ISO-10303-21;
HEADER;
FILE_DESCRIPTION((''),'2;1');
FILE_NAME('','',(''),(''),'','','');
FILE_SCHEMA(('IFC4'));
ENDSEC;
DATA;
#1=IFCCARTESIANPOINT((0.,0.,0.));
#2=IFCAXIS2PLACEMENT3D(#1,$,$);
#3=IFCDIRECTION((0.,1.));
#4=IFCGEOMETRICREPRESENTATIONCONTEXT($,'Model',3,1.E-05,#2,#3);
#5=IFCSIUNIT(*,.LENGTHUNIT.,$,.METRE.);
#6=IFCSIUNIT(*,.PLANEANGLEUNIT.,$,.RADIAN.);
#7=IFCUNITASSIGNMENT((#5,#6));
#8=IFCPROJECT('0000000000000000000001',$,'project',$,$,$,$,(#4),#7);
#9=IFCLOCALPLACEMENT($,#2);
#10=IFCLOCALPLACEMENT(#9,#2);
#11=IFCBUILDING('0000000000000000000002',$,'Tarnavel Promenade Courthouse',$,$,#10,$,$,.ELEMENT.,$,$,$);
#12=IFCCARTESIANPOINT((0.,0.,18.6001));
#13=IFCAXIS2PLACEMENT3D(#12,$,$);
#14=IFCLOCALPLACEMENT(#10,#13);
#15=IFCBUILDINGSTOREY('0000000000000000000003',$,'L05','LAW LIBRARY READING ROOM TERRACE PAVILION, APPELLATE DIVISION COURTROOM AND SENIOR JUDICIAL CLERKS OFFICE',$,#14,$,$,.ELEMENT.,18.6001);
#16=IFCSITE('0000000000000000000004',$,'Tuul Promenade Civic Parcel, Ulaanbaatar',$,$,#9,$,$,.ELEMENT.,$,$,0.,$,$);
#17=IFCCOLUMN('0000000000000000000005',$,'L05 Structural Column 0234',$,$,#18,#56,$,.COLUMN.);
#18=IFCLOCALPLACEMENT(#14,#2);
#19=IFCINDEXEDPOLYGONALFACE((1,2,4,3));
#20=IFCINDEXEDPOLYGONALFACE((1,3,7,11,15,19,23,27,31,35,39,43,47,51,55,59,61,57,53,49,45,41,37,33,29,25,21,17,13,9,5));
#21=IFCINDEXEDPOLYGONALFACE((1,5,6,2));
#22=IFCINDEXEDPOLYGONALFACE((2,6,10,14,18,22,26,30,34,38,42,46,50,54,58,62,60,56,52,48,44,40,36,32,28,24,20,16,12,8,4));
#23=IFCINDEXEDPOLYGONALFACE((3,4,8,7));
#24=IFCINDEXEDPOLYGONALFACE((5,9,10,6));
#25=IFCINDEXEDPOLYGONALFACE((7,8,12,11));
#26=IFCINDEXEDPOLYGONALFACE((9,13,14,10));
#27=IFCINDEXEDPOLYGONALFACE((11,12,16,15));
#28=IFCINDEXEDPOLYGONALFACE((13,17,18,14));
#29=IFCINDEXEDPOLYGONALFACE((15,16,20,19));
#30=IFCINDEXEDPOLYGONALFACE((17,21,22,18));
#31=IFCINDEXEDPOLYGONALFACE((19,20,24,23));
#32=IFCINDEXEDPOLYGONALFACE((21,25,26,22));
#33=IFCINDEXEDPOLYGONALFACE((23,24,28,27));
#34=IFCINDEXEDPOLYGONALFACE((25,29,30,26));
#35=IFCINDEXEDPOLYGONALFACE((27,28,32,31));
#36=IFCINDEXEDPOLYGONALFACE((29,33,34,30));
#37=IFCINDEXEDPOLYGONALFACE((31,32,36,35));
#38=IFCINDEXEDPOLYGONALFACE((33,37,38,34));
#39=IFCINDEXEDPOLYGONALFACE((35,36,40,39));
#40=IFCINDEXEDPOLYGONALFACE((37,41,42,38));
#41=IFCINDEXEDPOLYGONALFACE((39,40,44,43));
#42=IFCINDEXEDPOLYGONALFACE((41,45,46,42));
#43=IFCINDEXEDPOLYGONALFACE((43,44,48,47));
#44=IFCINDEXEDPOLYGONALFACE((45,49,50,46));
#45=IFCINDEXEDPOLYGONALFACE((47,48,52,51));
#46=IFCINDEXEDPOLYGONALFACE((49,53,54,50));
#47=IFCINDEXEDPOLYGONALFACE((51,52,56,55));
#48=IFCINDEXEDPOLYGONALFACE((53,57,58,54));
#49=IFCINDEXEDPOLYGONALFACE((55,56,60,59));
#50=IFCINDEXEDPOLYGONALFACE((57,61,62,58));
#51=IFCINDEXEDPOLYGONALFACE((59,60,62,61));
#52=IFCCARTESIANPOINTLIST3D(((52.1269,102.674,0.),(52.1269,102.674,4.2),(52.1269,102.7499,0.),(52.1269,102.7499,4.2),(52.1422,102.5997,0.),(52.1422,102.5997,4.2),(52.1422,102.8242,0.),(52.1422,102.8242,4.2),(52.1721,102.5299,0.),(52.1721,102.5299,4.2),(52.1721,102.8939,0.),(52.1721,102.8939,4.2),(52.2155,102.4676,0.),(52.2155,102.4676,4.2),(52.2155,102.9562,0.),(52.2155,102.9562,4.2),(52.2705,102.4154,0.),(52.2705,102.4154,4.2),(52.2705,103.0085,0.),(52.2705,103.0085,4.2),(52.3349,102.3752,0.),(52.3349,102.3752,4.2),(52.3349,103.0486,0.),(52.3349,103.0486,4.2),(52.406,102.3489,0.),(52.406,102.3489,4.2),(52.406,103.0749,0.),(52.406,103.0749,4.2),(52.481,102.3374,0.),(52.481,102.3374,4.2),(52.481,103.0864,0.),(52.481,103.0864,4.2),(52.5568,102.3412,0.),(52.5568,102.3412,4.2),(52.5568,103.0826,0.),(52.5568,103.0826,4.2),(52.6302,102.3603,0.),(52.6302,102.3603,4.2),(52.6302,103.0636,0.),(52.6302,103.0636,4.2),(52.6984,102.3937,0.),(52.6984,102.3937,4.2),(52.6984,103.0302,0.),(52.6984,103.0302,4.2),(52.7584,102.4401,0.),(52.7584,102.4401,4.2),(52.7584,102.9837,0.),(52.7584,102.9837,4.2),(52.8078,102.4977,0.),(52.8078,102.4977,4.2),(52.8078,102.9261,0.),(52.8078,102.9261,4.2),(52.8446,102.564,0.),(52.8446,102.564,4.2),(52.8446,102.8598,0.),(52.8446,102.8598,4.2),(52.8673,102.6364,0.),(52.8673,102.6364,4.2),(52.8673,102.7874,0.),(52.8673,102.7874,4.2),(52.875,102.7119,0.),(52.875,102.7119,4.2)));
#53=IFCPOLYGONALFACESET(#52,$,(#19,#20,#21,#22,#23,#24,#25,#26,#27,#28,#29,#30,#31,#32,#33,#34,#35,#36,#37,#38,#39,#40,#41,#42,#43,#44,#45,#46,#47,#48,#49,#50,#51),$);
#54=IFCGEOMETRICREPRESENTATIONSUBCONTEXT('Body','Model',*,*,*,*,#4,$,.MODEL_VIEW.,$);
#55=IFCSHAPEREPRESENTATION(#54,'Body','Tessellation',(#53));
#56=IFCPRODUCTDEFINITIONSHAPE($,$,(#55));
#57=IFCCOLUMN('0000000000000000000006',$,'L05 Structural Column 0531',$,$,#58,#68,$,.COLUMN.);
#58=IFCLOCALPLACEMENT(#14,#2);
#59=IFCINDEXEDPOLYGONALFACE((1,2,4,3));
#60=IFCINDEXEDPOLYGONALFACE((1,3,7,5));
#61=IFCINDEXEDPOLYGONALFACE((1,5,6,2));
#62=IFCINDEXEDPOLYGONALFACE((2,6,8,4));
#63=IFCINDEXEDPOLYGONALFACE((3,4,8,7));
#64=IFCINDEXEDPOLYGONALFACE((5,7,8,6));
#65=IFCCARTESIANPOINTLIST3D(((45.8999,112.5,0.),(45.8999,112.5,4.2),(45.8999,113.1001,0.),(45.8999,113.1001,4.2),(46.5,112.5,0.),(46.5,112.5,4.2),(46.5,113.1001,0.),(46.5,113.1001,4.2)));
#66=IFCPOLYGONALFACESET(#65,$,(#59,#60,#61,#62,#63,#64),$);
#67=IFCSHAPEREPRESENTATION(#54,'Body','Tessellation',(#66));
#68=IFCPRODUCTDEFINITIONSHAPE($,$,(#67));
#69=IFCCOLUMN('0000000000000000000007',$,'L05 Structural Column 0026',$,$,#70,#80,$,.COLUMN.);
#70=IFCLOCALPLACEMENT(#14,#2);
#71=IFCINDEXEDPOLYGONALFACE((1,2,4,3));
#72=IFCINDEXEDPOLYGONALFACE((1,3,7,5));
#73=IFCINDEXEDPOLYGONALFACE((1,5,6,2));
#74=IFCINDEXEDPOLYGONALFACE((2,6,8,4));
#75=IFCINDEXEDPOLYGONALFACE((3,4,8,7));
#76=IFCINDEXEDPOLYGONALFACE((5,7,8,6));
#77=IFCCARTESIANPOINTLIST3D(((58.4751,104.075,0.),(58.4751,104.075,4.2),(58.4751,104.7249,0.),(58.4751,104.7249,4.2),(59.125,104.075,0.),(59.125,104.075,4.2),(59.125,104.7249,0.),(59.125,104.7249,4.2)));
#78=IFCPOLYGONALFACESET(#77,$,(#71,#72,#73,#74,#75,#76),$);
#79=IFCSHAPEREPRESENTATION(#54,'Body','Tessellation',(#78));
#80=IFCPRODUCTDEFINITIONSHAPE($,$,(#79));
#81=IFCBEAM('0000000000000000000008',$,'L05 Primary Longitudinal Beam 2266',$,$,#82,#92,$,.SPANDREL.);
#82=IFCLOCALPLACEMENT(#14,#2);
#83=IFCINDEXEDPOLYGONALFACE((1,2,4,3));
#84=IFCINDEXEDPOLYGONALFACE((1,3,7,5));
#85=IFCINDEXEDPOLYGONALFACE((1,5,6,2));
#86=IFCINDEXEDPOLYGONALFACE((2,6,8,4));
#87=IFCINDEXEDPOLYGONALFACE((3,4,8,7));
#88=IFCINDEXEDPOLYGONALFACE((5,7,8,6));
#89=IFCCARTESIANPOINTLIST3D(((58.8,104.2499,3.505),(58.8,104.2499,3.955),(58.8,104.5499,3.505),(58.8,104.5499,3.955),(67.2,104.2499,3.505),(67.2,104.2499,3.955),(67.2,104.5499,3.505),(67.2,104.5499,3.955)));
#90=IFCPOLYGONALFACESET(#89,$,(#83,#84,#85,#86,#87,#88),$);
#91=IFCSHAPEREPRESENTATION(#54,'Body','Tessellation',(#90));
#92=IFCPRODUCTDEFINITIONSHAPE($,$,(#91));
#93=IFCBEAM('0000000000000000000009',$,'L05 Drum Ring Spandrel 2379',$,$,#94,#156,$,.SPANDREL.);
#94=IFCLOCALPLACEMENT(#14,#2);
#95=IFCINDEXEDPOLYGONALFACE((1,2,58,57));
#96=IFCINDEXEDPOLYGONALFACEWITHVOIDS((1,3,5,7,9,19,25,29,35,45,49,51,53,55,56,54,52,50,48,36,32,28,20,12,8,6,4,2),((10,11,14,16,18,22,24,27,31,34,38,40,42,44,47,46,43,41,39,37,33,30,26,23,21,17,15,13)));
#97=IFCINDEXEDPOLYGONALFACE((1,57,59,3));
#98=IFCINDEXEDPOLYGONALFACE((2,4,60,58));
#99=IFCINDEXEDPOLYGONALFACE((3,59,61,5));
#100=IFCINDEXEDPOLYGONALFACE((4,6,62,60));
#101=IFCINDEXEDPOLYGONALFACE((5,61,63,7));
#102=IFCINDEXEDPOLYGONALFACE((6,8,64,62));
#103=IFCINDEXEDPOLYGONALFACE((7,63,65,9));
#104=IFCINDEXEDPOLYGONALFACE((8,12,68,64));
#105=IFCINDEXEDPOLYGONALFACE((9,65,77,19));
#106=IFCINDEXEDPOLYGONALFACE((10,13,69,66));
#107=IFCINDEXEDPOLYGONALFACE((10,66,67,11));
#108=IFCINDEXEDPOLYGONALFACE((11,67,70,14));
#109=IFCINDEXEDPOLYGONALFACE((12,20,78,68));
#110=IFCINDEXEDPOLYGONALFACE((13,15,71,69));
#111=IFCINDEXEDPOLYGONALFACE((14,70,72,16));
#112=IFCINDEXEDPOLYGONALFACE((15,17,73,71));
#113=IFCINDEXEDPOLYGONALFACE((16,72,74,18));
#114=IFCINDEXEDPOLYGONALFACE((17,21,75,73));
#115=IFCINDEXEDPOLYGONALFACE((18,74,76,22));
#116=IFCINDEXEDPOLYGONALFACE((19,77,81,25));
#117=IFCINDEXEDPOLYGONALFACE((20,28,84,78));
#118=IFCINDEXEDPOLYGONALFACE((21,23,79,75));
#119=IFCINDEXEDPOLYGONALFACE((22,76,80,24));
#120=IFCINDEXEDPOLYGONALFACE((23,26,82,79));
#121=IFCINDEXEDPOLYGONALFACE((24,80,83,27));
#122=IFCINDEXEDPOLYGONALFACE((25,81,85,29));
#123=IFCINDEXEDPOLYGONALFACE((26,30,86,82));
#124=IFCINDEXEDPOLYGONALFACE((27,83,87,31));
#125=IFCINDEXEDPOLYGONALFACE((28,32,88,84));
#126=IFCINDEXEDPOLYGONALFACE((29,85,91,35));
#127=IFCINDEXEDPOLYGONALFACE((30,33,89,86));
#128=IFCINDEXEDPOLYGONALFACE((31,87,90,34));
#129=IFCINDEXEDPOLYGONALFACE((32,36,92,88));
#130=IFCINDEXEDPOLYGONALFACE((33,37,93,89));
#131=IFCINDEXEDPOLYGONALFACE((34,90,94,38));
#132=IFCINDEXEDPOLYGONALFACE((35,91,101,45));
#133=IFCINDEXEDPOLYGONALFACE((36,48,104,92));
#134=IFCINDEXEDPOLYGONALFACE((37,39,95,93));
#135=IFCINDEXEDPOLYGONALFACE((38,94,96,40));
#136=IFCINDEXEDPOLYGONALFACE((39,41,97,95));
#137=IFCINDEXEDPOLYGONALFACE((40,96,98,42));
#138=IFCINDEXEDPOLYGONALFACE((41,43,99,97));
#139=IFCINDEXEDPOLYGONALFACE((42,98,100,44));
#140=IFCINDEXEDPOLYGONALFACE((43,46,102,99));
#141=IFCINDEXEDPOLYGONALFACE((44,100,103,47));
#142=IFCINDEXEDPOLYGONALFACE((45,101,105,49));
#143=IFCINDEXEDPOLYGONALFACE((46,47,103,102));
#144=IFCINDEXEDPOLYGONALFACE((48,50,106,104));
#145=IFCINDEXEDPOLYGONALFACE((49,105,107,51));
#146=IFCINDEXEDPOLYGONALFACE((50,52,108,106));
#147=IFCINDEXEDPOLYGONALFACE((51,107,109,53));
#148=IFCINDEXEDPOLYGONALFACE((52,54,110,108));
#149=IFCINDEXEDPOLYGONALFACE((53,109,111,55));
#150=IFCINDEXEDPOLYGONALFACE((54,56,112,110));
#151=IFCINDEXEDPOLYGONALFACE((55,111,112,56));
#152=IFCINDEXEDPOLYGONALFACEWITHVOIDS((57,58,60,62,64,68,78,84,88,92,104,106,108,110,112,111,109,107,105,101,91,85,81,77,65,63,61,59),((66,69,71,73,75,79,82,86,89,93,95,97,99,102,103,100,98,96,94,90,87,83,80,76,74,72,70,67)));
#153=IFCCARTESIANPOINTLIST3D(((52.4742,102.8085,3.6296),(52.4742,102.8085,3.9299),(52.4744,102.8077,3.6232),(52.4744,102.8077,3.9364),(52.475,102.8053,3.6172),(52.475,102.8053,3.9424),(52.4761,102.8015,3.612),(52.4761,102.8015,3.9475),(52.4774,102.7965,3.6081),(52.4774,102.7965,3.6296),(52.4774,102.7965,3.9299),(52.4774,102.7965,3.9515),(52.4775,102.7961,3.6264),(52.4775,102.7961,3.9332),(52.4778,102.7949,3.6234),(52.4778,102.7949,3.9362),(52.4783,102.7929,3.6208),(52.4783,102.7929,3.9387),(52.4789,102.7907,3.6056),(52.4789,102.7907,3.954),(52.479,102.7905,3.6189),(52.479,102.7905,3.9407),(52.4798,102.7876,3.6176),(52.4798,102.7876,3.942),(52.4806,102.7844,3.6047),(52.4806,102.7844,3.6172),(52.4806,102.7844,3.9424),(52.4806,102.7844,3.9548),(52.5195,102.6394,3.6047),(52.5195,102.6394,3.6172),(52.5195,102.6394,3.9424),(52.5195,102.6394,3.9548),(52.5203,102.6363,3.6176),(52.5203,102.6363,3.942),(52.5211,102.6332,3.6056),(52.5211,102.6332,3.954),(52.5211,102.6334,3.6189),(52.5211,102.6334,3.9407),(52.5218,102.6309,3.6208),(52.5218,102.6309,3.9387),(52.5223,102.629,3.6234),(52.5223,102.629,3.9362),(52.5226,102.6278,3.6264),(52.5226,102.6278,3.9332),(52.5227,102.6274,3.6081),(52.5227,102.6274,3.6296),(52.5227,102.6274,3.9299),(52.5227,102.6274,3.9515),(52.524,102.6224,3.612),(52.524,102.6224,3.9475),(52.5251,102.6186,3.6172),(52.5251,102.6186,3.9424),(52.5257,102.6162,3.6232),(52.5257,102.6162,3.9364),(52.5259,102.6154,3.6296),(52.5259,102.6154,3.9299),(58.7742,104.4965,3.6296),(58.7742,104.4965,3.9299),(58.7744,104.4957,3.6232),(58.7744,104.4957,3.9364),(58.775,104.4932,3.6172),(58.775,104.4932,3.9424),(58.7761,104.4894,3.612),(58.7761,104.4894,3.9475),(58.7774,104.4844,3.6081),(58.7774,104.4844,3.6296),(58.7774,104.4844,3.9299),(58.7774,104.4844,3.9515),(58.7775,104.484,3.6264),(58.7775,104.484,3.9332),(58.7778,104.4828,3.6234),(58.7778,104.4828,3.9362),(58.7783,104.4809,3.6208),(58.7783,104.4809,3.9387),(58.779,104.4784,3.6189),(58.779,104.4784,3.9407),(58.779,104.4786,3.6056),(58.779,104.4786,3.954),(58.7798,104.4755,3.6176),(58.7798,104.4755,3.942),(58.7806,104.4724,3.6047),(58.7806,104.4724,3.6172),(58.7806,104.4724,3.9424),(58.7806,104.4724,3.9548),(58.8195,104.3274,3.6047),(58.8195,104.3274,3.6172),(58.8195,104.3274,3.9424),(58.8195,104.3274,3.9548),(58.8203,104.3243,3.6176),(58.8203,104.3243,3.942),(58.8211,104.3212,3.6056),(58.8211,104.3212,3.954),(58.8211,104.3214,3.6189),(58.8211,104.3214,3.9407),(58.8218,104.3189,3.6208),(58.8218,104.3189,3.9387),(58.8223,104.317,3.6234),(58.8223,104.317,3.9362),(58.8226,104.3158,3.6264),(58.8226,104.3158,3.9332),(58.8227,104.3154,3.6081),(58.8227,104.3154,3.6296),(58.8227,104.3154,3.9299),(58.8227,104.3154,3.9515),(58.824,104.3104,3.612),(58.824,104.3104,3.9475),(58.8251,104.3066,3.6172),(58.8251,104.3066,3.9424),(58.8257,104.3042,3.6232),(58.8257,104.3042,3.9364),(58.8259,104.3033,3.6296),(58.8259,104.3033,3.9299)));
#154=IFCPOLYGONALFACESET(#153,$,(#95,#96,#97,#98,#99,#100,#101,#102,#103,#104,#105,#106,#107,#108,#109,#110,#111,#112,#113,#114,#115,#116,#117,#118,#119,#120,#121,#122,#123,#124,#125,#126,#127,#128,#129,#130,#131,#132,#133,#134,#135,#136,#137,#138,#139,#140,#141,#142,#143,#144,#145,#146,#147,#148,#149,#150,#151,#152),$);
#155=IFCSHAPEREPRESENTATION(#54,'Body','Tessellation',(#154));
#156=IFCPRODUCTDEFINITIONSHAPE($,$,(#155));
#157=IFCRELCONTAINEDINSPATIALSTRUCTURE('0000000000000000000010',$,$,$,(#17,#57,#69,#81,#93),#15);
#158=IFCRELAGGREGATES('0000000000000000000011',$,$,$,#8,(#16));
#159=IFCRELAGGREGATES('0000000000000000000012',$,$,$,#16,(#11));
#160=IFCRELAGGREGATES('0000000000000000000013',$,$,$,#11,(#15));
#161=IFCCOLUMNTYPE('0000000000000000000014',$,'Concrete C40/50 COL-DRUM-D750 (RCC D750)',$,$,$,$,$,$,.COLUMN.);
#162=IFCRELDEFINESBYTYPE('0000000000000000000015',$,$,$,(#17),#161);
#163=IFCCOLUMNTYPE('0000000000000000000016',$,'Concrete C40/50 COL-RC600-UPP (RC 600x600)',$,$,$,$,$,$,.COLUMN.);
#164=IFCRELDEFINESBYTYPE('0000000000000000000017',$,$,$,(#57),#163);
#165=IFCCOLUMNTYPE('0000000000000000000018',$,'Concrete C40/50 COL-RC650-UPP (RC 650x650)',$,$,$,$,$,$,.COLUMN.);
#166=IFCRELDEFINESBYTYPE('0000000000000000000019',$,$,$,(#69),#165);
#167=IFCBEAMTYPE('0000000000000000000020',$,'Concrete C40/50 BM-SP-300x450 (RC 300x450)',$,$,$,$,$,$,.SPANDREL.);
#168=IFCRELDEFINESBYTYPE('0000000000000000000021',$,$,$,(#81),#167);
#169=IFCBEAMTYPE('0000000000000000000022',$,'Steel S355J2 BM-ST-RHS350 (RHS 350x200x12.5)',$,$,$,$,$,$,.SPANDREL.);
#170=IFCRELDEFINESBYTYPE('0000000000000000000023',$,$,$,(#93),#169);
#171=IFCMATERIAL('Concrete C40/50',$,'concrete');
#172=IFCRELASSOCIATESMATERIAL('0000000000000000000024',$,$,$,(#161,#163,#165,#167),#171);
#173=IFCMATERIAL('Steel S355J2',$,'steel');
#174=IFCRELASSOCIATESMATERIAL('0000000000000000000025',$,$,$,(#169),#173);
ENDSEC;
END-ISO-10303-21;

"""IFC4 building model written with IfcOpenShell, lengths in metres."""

from ifc_helpers import new_model, si_unit, direction, frame, origin, origin_2d, place, context, subcontext, project, spatial, rectangle, hollow_rectangle, circle, extrude, material, material_profile, profile_set, type_object, element, save


model = new_model("IFC4")

# Units and contexts
model_context = context("Model", 3, precision=1e-05, world=origin(), true_north=direction((0.0, 1.0)))
body_context = subcontext(model_context, "Body", "Model", "MODEL_VIEW")
ifc_project = project(units=[si_unit("LENGTHUNIT", "METRE"), si_unit("PLANEANGLEUNIT", "RADIAN")], contexts=[model_context])

# Site, building, storey
site_placement = place(None, origin())
site = spatial("IfcSite", under=ifc_project, at=site_placement, Name="Tuul Promenade Civic Parcel, Ulaanbaatar", CompositionType="ELEMENT", RefElevation=0.0)
building_placement = place(site_placement, origin())
building = spatial("IfcBuilding", under=site, at=building_placement, Name="Tarnavel Promenade Courthouse", CompositionType="ELEMENT")
storey_placement = place(building_placement, frame((0.0, 0.0, 18.6001)))
storey = spatial("IfcBuildingStorey", under=building, at=storey_placement, Name="L05", Description="LAW LIBRARY READING ROOM TERRACE PAVILION, APPELLATE DIVISION COURTROOM AND SENIOR JUDICIAL CLERKS OFFICE", CompositionType="ELEMENT", Elevation=18.6001)

# Columns
ifc_material_1 = material(Name="Concrete C40/50", Category="concrete")
ifc_material_profile_1 = material_profile(ifc_material_1, circle(Radius=0.375, at=origin_2d()), Name="RCC D750")
ifc_profile_set_1 = profile_set([ifc_material_profile_1], Name="Concrete C40/50")
column_type_1 = type_object("IfcColumnType", Name="Concrete C40/50 COL-DRUM-D750 (RCC D750)", PredefinedType="COLUMN", material=ifc_profile_set_1)
column_1_placement = place(storey_placement, frame((52.5, 102.7119, 0.0), z_axis=(0.0, 0.0, 1.0), x_axis=(1.0, 0.0, 0.0)))
element("IfcColumn", 1, at=column_1_placement, inside=storey, type_object=column_type_1, Name="L05 Structural Column 0234", PredefinedType="COLUMN", context=body_context, shape_type="SweptSolid", body=[
    extrude(circle(Radius=0.375, at=origin_2d()), origin(), (0.0, 0.0, 1.0), 4.2),
])
ifc_material_profile_2 = material_profile(ifc_material_1, rectangle(XDim=0.6001, YDim=0.6001, at=origin_2d()), Name="RC 600x600")
ifc_profile_set_2 = profile_set([ifc_material_profile_2], Name="Concrete C40/50")
column_type_2 = type_object("IfcColumnType", Name="Concrete C40/50 COL-RC600-UPP (RC 600x600)", PredefinedType="COLUMN", material=ifc_profile_set_2)
column_2_placement = place(storey_placement, frame((46.2, 112.8, 0.0), z_axis=(0.0, 0.0, 1.0), x_axis=(1.0, 0.0, 0.0)))
element("IfcColumn", 2, at=column_2_placement, inside=storey, type_object=column_type_2, Name="L05 Structural Column 0531", PredefinedType="COLUMN", context=body_context, shape_type="SweptSolid", body=[
    extrude(rectangle(XDim=0.6001, YDim=0.6001, at=origin_2d()), origin(), (0.0, 0.0, 1.0), 4.2),
])
ifc_material_profile_3 = material_profile(ifc_material_1, rectangle(XDim=0.6499, YDim=0.6499, at=origin_2d()), Name="RC 650x650")
ifc_profile_set_3 = profile_set([ifc_material_profile_3], Name="Concrete C40/50")
column_type_3 = type_object("IfcColumnType", Name="Concrete C40/50 COL-RC650-UPP (RC 650x650)", PredefinedType="COLUMN", material=ifc_profile_set_3)
column_3_placement = place(storey_placement, frame((58.8, 104.3999, 0.0), z_axis=(0.0, 0.0, 1.0), x_axis=(1.0, 0.0, 0.0)))
element("IfcColumn", 3, at=column_3_placement, inside=storey, type_object=column_type_3, Name="L05 Structural Column 0026", PredefinedType="COLUMN", context=body_context, shape_type="SweptSolid", body=[
    extrude(rectangle(XDim=0.6499, YDim=0.6499, at=origin_2d()), origin(), (0.0, 0.0, 1.0), 4.2),
])

# Beams
ifc_material_profile_4 = material_profile(ifc_material_1, rectangle(XDim=0.3, YDim=0.45, at=origin_2d()), Name="RC 300x450")
ifc_profile_set_4 = profile_set([ifc_material_profile_4], Name="Concrete C40/50")
beam_type_1 = type_object("IfcBeamType", Name="Concrete C40/50 BM-SP-300x450 (RC 300x450)", PredefinedType="SPANDREL", material=ifc_profile_set_4)
beam_1_placement = place(storey_placement, frame((58.8, 104.3999, 3.73), z_axis=(1.0, 0.0, 0.0), x_axis=(0.0, 1.0, 0.0)))
element("IfcBeam", 4, at=beam_1_placement, inside=storey, type_object=beam_type_1, Name="L05 Primary Longitudinal Beam 2266", PredefinedType="SPANDREL", context=body_context, shape_type="SweptSolid", body=[
    extrude(rectangle(XDim=0.3, YDim=0.45, at=origin_2d()), origin(), (0.0, 0.0, 1.0), 8.3999),
])
ifc_material_2 = material(Name="Steel S355J2", Category="steel")
ifc_material_profile_5 = material_profile(ifc_material_2, hollow_rectangle(XDim=0.2, YDim=0.3501, WallThickness=0.0125, InnerFilletRadius=0.0125, OuterFilletRadius=0.0249, at=origin_2d()), Name="RHS 350x200x12.5")
ifc_profile_set_5 = profile_set([ifc_material_profile_5], Name="Steel S355J2")
beam_type_2 = type_object("IfcBeamType", Name="Steel S355J2 BM-ST-RHS350 (RHS 350x200x12.5)", PredefinedType="SPANDREL", material=ifc_profile_set_5)
beam_2_placement = place(storey_placement, frame((58.8, 104.3999, 3.7798), z_axis=(-0.96593, -0.258804, 0.0), x_axis=(0.258804, -0.96593, 0.0)))
element("IfcBeam", 5, at=beam_2_placement, inside=storey, type_object=beam_type_2, Name="L05 Drum Ring Spandrel 2379", PredefinedType="SPANDREL", context=body_context, shape_type="SweptSolid", body=[
    extrude(hollow_rectangle(XDim=0.2, YDim=0.3501, WallThickness=0.0125, InnerFilletRadius=0.0125, OuterFilletRadius=0.0249, at=origin_2d()), origin(), (0.0, 0.0, 1.0), 6.5222),
])

save(model, "model.ifc")
